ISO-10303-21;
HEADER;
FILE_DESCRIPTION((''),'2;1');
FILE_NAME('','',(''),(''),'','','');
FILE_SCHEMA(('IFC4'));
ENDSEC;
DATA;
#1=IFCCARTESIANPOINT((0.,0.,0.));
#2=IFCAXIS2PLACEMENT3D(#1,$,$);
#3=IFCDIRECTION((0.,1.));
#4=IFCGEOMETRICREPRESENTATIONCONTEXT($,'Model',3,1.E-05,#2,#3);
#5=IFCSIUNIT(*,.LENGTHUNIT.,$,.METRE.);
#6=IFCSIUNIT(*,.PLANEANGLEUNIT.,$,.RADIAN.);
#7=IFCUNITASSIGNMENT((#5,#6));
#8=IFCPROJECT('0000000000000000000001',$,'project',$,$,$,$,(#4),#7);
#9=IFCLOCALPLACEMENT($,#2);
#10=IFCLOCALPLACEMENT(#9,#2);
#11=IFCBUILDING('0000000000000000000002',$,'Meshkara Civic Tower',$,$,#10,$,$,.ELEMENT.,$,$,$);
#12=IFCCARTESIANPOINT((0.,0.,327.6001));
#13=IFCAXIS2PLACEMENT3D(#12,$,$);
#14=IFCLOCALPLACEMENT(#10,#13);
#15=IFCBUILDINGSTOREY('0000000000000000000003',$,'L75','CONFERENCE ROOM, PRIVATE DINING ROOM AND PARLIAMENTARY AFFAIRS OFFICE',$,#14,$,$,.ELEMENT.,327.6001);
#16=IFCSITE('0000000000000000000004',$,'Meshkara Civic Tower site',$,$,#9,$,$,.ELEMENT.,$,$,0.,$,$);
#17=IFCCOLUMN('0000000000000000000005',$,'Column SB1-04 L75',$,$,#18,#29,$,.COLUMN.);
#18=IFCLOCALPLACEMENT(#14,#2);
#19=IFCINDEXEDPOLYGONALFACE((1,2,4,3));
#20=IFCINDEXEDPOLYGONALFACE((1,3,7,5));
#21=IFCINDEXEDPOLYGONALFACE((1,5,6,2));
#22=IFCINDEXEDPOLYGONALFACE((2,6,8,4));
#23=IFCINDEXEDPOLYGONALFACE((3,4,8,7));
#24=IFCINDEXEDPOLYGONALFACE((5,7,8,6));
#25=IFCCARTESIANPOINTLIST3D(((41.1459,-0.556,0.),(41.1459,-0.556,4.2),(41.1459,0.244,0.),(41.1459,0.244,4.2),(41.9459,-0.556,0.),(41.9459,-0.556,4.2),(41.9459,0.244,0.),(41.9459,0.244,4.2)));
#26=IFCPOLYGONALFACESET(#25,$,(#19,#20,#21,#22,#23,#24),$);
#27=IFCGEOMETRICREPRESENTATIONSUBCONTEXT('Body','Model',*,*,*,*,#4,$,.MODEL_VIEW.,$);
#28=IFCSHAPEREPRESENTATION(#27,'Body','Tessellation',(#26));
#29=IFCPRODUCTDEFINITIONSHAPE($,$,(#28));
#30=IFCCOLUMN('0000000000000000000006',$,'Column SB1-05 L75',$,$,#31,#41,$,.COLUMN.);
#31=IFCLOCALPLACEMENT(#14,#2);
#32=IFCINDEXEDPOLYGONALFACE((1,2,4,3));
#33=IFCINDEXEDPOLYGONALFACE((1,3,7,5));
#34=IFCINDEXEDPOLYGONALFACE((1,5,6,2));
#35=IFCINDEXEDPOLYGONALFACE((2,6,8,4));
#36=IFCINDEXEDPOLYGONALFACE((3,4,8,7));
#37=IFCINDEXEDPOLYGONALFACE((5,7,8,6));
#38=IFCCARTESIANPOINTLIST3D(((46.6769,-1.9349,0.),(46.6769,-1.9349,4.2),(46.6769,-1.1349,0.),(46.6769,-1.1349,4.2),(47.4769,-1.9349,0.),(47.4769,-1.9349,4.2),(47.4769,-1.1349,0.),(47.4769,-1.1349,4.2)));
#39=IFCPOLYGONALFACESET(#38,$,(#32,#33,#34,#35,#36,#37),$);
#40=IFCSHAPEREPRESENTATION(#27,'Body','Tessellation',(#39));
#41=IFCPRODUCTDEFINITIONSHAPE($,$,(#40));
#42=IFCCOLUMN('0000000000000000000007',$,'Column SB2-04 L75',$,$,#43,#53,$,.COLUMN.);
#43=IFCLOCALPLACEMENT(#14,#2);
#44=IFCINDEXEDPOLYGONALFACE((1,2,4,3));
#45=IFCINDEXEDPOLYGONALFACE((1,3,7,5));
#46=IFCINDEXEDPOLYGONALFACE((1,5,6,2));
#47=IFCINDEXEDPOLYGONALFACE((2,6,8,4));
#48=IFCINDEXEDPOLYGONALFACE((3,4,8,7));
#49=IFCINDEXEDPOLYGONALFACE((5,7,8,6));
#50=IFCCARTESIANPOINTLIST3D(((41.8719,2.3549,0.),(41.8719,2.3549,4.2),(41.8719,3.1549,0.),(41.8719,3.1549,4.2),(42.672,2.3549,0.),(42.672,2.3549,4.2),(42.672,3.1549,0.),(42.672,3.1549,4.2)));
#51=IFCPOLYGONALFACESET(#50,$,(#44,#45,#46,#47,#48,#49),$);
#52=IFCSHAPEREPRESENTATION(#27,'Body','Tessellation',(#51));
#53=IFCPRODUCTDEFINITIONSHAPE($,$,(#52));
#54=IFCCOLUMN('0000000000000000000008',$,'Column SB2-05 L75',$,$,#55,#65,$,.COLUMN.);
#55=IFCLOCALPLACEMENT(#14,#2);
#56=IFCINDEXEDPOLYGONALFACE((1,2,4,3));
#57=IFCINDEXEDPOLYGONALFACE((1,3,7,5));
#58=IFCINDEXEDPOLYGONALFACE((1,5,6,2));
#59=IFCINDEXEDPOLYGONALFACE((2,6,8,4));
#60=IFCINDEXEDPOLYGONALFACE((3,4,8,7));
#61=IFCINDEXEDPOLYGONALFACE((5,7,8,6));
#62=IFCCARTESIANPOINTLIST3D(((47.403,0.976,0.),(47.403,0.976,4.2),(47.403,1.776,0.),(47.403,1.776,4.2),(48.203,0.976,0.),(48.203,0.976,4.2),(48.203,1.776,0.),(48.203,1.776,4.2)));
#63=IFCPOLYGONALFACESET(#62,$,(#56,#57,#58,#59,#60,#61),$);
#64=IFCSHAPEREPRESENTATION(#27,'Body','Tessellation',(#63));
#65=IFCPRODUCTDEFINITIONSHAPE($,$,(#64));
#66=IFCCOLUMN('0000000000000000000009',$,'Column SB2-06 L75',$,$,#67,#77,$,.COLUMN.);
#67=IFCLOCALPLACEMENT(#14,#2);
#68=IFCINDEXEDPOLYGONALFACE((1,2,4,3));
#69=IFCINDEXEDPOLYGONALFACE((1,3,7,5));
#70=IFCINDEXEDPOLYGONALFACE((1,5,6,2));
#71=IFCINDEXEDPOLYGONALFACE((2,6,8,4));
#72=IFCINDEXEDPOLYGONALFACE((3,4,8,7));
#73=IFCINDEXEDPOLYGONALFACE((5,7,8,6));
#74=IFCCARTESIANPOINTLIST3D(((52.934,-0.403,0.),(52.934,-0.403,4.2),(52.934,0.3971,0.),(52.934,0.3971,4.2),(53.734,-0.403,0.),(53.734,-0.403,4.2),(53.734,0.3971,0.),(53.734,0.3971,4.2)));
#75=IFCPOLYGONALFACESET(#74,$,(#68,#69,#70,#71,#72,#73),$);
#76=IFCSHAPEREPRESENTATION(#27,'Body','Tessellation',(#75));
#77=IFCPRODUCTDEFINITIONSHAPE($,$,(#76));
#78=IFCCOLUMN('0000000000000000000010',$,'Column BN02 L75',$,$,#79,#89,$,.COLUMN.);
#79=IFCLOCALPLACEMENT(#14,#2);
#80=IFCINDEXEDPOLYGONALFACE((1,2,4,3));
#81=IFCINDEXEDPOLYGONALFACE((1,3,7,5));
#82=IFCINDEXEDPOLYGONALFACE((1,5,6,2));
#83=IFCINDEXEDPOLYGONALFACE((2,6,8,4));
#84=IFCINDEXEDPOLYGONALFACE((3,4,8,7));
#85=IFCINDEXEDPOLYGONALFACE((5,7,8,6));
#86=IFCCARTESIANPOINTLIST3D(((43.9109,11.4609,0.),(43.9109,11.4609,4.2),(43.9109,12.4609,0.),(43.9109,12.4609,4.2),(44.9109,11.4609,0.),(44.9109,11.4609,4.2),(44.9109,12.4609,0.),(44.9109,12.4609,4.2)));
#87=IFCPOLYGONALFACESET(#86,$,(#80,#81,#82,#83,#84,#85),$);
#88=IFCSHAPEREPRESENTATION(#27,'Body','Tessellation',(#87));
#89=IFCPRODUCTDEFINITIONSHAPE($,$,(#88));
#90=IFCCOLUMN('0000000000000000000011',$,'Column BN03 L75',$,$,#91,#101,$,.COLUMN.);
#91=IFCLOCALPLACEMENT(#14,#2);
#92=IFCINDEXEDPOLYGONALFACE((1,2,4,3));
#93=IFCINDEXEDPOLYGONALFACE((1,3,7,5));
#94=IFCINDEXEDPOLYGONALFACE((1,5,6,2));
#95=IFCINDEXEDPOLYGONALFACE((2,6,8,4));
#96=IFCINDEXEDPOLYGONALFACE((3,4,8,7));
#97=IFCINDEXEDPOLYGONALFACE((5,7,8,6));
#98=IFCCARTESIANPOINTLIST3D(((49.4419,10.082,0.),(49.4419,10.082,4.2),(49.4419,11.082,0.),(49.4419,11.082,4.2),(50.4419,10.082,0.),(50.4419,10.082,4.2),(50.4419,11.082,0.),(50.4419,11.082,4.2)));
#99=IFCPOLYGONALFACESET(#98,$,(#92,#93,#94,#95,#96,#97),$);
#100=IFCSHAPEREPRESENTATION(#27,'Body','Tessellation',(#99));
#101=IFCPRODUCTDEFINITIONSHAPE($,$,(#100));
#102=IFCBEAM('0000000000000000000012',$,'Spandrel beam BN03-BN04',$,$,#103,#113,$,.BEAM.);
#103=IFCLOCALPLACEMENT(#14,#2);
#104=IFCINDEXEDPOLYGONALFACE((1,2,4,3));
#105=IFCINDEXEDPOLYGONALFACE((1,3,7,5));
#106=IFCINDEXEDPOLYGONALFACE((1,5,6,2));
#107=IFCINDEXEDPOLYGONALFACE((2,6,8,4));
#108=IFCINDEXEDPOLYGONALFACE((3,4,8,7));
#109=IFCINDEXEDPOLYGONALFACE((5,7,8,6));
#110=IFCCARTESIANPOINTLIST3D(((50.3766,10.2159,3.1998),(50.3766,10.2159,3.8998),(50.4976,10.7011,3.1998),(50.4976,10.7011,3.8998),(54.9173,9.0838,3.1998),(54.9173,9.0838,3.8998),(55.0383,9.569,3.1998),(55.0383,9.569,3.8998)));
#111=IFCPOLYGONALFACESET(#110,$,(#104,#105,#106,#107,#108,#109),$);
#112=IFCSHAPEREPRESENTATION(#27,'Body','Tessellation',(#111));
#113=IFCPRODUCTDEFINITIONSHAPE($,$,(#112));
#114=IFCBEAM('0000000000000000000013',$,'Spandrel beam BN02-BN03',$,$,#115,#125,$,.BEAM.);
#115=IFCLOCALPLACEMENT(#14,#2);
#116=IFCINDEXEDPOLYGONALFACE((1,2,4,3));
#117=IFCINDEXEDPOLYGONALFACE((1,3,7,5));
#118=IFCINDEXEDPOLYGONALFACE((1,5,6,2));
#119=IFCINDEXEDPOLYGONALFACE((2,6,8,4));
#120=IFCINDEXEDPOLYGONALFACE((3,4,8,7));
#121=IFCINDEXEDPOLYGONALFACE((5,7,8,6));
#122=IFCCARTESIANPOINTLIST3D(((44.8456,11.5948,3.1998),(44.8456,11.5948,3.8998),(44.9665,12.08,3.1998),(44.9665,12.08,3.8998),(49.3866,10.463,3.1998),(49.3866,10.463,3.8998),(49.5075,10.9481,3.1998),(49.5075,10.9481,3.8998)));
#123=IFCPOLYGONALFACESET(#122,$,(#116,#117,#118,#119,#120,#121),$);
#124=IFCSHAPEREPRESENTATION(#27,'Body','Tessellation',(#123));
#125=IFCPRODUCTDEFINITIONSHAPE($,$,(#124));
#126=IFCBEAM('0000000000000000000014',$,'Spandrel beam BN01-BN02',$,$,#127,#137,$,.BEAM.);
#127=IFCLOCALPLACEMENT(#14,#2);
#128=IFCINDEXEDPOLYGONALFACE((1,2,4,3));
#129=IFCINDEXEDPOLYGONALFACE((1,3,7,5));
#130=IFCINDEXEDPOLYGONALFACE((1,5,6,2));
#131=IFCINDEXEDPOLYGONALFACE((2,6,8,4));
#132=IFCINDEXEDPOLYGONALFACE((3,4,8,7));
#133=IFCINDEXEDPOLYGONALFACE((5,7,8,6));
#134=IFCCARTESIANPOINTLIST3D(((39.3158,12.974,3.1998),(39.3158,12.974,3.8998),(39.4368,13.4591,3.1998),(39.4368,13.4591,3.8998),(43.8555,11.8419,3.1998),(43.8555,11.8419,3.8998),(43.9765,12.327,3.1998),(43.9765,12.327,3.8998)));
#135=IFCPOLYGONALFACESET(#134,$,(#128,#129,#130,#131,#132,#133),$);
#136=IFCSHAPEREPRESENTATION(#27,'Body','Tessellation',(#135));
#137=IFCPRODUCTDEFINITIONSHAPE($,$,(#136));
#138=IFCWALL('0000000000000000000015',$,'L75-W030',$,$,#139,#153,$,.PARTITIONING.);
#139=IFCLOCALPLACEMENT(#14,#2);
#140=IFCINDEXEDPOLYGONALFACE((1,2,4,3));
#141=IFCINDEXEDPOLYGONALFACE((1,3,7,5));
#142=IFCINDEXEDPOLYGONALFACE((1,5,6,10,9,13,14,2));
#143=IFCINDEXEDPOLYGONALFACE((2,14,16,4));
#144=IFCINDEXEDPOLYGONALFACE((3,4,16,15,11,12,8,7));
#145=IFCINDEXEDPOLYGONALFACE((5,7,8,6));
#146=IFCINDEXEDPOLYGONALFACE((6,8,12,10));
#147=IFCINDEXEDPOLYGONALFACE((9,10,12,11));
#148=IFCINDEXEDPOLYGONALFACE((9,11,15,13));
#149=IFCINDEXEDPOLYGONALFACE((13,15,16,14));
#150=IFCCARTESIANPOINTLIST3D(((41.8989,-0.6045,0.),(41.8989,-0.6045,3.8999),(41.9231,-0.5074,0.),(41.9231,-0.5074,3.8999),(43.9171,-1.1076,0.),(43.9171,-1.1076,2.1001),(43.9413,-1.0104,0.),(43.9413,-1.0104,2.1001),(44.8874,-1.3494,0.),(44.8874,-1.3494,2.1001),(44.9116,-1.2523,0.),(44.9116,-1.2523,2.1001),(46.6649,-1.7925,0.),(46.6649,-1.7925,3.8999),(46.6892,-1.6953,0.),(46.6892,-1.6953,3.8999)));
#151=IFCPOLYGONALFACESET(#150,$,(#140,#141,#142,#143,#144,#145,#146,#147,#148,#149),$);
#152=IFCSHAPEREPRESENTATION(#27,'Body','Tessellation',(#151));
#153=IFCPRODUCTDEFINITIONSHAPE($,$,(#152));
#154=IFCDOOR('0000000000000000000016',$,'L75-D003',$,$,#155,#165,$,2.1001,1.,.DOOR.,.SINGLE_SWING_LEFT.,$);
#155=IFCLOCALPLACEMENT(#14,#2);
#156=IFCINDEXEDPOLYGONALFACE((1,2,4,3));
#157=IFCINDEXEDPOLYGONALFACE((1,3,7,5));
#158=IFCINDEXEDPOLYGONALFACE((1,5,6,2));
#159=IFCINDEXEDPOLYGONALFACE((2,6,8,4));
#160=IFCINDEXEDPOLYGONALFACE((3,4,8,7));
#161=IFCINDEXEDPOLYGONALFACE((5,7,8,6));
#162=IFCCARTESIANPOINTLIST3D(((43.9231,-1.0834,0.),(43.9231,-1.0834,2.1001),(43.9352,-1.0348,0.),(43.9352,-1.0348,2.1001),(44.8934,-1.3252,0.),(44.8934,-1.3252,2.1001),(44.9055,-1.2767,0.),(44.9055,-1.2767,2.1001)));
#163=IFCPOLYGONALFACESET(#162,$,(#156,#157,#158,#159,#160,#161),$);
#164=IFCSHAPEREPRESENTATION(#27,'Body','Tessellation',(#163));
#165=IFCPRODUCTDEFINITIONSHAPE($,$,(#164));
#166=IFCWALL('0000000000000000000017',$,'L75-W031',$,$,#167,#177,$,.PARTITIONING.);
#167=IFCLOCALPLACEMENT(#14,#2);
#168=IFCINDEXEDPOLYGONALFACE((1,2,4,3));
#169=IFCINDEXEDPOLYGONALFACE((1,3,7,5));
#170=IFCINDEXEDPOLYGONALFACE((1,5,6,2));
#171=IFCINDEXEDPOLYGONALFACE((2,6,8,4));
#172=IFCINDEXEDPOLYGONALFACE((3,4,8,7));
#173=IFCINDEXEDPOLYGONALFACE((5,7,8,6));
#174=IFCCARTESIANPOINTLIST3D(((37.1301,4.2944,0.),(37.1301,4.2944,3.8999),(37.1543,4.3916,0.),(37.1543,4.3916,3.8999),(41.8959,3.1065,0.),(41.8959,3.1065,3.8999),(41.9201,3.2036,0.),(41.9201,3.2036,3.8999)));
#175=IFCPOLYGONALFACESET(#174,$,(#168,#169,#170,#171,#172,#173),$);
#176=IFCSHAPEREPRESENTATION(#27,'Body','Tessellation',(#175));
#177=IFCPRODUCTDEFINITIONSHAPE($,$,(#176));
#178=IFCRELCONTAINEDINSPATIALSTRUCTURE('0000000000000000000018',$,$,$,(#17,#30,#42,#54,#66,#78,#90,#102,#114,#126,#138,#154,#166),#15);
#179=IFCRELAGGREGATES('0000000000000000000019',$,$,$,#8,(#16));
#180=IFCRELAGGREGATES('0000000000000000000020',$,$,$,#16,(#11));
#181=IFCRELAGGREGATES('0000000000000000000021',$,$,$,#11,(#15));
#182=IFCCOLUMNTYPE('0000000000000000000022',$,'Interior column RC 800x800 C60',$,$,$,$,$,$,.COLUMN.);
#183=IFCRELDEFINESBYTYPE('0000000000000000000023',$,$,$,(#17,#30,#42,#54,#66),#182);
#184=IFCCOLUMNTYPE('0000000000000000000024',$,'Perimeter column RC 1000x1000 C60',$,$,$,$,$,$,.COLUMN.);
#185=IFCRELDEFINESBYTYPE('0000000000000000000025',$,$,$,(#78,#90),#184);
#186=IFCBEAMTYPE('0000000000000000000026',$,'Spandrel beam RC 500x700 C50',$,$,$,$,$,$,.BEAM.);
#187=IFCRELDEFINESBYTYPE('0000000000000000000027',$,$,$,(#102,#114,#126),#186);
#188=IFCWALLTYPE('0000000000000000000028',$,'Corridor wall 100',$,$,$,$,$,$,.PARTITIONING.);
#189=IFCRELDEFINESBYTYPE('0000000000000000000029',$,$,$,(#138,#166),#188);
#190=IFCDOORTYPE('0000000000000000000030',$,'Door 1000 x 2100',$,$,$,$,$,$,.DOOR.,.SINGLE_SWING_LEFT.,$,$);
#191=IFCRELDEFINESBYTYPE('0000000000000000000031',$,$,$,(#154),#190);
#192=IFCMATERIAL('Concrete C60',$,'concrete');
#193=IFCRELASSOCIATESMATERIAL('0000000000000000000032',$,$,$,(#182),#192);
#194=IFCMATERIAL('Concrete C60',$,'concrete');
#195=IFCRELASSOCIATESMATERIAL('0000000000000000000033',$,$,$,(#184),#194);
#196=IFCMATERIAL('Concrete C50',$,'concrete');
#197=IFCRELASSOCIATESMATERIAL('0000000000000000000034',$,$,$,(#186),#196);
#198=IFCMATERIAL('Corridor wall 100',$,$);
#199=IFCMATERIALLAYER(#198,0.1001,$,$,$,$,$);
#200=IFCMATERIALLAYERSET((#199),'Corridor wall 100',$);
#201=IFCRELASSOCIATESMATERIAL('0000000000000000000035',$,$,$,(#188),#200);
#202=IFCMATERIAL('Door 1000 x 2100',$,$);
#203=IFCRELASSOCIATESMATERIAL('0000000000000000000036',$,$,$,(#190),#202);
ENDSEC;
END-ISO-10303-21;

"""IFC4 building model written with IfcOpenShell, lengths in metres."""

from ifc_helpers import new_model, si_unit, direction, frame, frame_2d, origin, origin_2d, place, context, subcontext, project, spatial, rectangle, extrude, material, layer, layer_set, material_profile, profile_set, type_object, element, fill, save


model = new_model("IFC4")

# Units and contexts
model_context = context("Model", 3, precision=1e-05, world=origin(), true_north=direction((0.0, 1.0)))
body_context = subcontext(model_context, "Body", "Model", "MODEL_VIEW")
ifc_project = project(units=[si_unit("LENGTHUNIT", "METRE"), si_unit("PLANEANGLEUNIT", "RADIAN")], contexts=[model_context])

# Site, building, storey
site_placement = place(None, origin())
site = spatial("IfcSite", under=ifc_project, at=site_placement, Name="Meshkara Civic Tower site", CompositionType="ELEMENT", RefElevation=0.0)
building_placement = place(site_placement, origin())
building = spatial("IfcBuilding", under=site, at=building_placement, Name="Meshkara Civic Tower", CompositionType="ELEMENT")
storey_placement = place(building_placement, frame((0.0, 0.0, 327.6001)))
storey = spatial("IfcBuildingStorey", under=building, at=storey_placement, Name="L75", Description="CONFERENCE ROOM, PRIVATE DINING ROOM AND PARLIAMENTARY AFFAIRS OFFICE", CompositionType="ELEMENT", Elevation=327.6001)

# Columns
ifc_material_1 = material(Name="Concrete C60", Category="concrete")
ifc_material_profile_1 = material_profile(ifc_material_1, rectangle(XDim=0.8, YDim=0.8, at=origin_2d()))
ifc_profile_set_1 = profile_set([ifc_material_profile_1], Name="Concrete C60")
column_type_1 = type_object("IfcColumnType", Name="Interior column RC 800x800 C60", PredefinedType="COLUMN", material=ifc_profile_set_1)
for number, where, z_axis, x_axis, name in (
    (1, (41.5459, -0.156, 0.0), (0.0, 0.0, 1.0), (1.0, 0.0, 0.0), "Column SB1-04 L75"),
    (2, (47.0769, -1.5349, 0.0), (0.0, 0.0, 1.0), (1.0, 0.0, 0.0), "Column SB1-05 L75"),
    (3, (42.272, 2.7549, 0.0), (0.0, 0.0, 1.0), (1.0, 0.0, 0.0), "Column SB2-04 L75"),
    (4, (47.803, 1.376, 0.0), (0.0, 0.0, 1.0), (1.0, 0.0, 0.0), "Column SB2-05 L75"),
    (5, (53.334, -0.0029, 0.0), (0.0, 0.0, 1.0), (1.0, 0.0, 0.0), "Column SB2-06 L75"),
):
    element("IfcColumn", number, at=place(storey_placement, frame(where, z_axis=z_axis, x_axis=x_axis)), inside=storey, type_object=column_type_1, Name=name, PredefinedType="COLUMN", context=body_context, shape_type="SweptSolid", body=[
        extrude(rectangle(XDim=0.8, YDim=0.8, at=origin_2d()), origin(), (0.0, 0.0, 1.0), 4.2),
    ])
ifc_material_2 = material(Name="Concrete C60", Category="concrete")
ifc_material_profile_2 = material_profile(ifc_material_2, rectangle(XDim=1.0, YDim=1.0, at=origin_2d()))
ifc_profile_set_2 = profile_set([ifc_material_profile_2], Name="Concrete C60")
column_type_2 = type_object("IfcColumnType", Name="Perimeter column RC 1000x1000 C60", PredefinedType="COLUMN", material=ifc_profile_set_2)
for number, where, z_axis, x_axis, name in (
    (6, (44.4109, 11.9609, 0.0), (0.0, 0.0, 1.0), (1.0, 0.0, 0.0), "Column BN02 L75"),
    (7, (49.9419, 10.582, 0.0), (0.0, 0.0, 1.0), (1.0, 0.0, 0.0), "Column BN03 L75"),
):
    element("IfcColumn", number, at=place(storey_placement, frame(where, z_axis=z_axis, x_axis=x_axis)), inside=storey, type_object=column_type_2, Name=name, PredefinedType="COLUMN", context=body_context, shape_type="SweptSolid", body=[
        extrude(rectangle(XDim=1.0, YDim=1.0, at=origin_2d()), origin(), (0.0, 0.0, 1.0), 4.2),
    ])

# Beams
ifc_material_3 = material(Name="Concrete C50", Category="concrete")
ifc_material_profile_3 = material_profile(ifc_material_3, rectangle(XDim=0.5, YDim=0.7, at=origin_2d()))
ifc_profile_set_3 = profile_set([ifc_material_profile_3], Name="Concrete C50")
beam_type = type_object("IfcBeamType", Name="Spandrel beam RC 500x700 C50", PredefinedType="BEAM", material=ifc_profile_set_3)
beam_1_placement = place(storey_placement, frame((54.9778, 9.3264, 3.5498), z_axis=(-0.970299, 0.24191, 0.0), x_axis=(-0.24191, -0.970299, 0.0)))
element("IfcBeam", 8, at=beam_1_placement, inside=storey, type_object=beam_type, Name="Spandrel beam BN03-BN04", PredefinedType="BEAM", context=body_context, shape_type="SweptSolid", body=[
    extrude(rectangle(XDim=0.5, YDim=0.7, at=origin_2d()), origin(), (0.0, 0.0, 1.0), 4.6797),
])
beam_2_placement = place(storey_placement, frame((49.447, 10.7056, 3.5498), z_axis=(-0.970314, 0.241848, 0.0), x_axis=(-0.241848, -0.970314, 0.0)))
element("IfcBeam", 9, at=beam_2_placement, inside=storey, type_object=beam_type, Name="Spandrel beam BN02-BN03", PredefinedType="BEAM", context=body_context, shape_type="SweptSolid", body=[
    extrude(rectangle(XDim=0.5, YDim=0.7, at=origin_2d()), origin(), (0.0, 0.0, 1.0), 4.6799),
])
beam_3_placement = place(storey_placement, frame((43.916, 12.0845, 3.5498), z_axis=(-0.970287, 0.241959, 0.0), x_axis=(-0.241959, -0.970287, 0.0)))
element("IfcBeam", 10, at=beam_3_placement, inside=storey, type_object=beam_type, Name="Spandrel beam BN01-BN02", PredefinedType="BEAM", context=body_context, shape_type="SweptSolid", body=[
    extrude(rectangle(XDim=0.5, YDim=0.7, at=origin_2d()), origin(), (0.0, 0.0, 1.0), 4.6787),
])

# Wall, opening, door
ifc_material_4 = material(Name="Corridor wall 100")
ifc_layer_1 = layer(ifc_material_4, 0.1001)
ifc_layer_set_1 = layer_set([ifc_layer_1], Name="Corridor wall 100")
wall_type_1 = type_object("IfcWallType", Name="Corridor wall 100", PredefinedType="PARTITIONING", material=ifc_layer_set_1)
wall_1_placement = place(storey_placement, frame((41.9109, -0.5559, 0.0), z_axis=(0.0, 0.0, 1.0), x_axis=(0.970312, -0.241857, 0.0)))
wall_1 = element("IfcWall", 11, at=wall_1_placement, inside=storey, type_object=wall_type_1, Name="L75-W030", PredefinedType="PARTITIONING", context=body_context, shape_type="SweptSolid", body=[
    extrude(rectangle(XDim=4.9119, YDim=0.1001, at=frame_2d((2.4561, 0.0))), origin(), (0.0, 0.0, 1.0), 3.8999),
])
opening_1_placement = place(wall_1_placement, frame((2.0801, 0.0, 0.0)))
opening_1 = element("IfcOpeningElement", 12, at=opening_1_placement, cuts=wall_1, PredefinedType="OPENING", context=body_context, shape_type="SweptSolid", body=[
    extrude(rectangle(XDim=1.0, YDim=2.1001, at=frame_2d((0.5, 1.05))), frame((0.0, 0.0601, 0.0), z_axis=(0.0, -1.0, 0.0), x_axis=(1.0, 0.0, 0.0)), (0.0, 0.0, 1.0), 0.1201),
])
ifc_material_5 = material(Name="Door 1000 x 2100")
door_type_1 = type_object("IfcDoorType", Name="Door 1000 x 2100", OperationType="SINGLE_SWING_LEFT", PredefinedType="DOOR", material=ifc_material_5)
door_1_placement = place(opening_1_placement, origin())
door_1 = element("IfcDoor", 13, at=door_1_placement, inside=storey, type_object=door_type_1, Name="L75-D003", OperationType="SINGLE_SWING_LEFT", OverallHeight=2.1001, OverallWidth=1.0, PredefinedType="DOOR", context=body_context, shape_type="SweptSolid", body=[
    extrude(rectangle(XDim=1.0, YDim=2.1001, at=frame_2d((0.5, 1.05))), frame((0.0, 0.0249, 0.0), z_axis=(0.0, -1.0, 0.0), x_axis=(1.0, 0.0, 0.0)), (0.0, 0.0, 1.0), 0.05),
])
fill(opening_1, door_1)

# Wall
wall_2_placement = place(storey_placement, frame((41.908, 3.155, 0.0), z_axis=(0.0, 0.0, 1.0), x_axis=(-0.970309, 0.241869, 0.0)))
element("IfcWall", 14, at=wall_2_placement, inside=storey, type_object=wall_type_1, Name="L75-W031", PredefinedType="PARTITIONING", context=body_context, shape_type="SweptSolid", body=[
    extrude(rectangle(XDim=4.9116, YDim=0.1001, at=frame_2d((2.4558, 0.0))), origin(), (0.0, 0.0, 1.0), 3.8999),
])

save(model, "model.ifc")
